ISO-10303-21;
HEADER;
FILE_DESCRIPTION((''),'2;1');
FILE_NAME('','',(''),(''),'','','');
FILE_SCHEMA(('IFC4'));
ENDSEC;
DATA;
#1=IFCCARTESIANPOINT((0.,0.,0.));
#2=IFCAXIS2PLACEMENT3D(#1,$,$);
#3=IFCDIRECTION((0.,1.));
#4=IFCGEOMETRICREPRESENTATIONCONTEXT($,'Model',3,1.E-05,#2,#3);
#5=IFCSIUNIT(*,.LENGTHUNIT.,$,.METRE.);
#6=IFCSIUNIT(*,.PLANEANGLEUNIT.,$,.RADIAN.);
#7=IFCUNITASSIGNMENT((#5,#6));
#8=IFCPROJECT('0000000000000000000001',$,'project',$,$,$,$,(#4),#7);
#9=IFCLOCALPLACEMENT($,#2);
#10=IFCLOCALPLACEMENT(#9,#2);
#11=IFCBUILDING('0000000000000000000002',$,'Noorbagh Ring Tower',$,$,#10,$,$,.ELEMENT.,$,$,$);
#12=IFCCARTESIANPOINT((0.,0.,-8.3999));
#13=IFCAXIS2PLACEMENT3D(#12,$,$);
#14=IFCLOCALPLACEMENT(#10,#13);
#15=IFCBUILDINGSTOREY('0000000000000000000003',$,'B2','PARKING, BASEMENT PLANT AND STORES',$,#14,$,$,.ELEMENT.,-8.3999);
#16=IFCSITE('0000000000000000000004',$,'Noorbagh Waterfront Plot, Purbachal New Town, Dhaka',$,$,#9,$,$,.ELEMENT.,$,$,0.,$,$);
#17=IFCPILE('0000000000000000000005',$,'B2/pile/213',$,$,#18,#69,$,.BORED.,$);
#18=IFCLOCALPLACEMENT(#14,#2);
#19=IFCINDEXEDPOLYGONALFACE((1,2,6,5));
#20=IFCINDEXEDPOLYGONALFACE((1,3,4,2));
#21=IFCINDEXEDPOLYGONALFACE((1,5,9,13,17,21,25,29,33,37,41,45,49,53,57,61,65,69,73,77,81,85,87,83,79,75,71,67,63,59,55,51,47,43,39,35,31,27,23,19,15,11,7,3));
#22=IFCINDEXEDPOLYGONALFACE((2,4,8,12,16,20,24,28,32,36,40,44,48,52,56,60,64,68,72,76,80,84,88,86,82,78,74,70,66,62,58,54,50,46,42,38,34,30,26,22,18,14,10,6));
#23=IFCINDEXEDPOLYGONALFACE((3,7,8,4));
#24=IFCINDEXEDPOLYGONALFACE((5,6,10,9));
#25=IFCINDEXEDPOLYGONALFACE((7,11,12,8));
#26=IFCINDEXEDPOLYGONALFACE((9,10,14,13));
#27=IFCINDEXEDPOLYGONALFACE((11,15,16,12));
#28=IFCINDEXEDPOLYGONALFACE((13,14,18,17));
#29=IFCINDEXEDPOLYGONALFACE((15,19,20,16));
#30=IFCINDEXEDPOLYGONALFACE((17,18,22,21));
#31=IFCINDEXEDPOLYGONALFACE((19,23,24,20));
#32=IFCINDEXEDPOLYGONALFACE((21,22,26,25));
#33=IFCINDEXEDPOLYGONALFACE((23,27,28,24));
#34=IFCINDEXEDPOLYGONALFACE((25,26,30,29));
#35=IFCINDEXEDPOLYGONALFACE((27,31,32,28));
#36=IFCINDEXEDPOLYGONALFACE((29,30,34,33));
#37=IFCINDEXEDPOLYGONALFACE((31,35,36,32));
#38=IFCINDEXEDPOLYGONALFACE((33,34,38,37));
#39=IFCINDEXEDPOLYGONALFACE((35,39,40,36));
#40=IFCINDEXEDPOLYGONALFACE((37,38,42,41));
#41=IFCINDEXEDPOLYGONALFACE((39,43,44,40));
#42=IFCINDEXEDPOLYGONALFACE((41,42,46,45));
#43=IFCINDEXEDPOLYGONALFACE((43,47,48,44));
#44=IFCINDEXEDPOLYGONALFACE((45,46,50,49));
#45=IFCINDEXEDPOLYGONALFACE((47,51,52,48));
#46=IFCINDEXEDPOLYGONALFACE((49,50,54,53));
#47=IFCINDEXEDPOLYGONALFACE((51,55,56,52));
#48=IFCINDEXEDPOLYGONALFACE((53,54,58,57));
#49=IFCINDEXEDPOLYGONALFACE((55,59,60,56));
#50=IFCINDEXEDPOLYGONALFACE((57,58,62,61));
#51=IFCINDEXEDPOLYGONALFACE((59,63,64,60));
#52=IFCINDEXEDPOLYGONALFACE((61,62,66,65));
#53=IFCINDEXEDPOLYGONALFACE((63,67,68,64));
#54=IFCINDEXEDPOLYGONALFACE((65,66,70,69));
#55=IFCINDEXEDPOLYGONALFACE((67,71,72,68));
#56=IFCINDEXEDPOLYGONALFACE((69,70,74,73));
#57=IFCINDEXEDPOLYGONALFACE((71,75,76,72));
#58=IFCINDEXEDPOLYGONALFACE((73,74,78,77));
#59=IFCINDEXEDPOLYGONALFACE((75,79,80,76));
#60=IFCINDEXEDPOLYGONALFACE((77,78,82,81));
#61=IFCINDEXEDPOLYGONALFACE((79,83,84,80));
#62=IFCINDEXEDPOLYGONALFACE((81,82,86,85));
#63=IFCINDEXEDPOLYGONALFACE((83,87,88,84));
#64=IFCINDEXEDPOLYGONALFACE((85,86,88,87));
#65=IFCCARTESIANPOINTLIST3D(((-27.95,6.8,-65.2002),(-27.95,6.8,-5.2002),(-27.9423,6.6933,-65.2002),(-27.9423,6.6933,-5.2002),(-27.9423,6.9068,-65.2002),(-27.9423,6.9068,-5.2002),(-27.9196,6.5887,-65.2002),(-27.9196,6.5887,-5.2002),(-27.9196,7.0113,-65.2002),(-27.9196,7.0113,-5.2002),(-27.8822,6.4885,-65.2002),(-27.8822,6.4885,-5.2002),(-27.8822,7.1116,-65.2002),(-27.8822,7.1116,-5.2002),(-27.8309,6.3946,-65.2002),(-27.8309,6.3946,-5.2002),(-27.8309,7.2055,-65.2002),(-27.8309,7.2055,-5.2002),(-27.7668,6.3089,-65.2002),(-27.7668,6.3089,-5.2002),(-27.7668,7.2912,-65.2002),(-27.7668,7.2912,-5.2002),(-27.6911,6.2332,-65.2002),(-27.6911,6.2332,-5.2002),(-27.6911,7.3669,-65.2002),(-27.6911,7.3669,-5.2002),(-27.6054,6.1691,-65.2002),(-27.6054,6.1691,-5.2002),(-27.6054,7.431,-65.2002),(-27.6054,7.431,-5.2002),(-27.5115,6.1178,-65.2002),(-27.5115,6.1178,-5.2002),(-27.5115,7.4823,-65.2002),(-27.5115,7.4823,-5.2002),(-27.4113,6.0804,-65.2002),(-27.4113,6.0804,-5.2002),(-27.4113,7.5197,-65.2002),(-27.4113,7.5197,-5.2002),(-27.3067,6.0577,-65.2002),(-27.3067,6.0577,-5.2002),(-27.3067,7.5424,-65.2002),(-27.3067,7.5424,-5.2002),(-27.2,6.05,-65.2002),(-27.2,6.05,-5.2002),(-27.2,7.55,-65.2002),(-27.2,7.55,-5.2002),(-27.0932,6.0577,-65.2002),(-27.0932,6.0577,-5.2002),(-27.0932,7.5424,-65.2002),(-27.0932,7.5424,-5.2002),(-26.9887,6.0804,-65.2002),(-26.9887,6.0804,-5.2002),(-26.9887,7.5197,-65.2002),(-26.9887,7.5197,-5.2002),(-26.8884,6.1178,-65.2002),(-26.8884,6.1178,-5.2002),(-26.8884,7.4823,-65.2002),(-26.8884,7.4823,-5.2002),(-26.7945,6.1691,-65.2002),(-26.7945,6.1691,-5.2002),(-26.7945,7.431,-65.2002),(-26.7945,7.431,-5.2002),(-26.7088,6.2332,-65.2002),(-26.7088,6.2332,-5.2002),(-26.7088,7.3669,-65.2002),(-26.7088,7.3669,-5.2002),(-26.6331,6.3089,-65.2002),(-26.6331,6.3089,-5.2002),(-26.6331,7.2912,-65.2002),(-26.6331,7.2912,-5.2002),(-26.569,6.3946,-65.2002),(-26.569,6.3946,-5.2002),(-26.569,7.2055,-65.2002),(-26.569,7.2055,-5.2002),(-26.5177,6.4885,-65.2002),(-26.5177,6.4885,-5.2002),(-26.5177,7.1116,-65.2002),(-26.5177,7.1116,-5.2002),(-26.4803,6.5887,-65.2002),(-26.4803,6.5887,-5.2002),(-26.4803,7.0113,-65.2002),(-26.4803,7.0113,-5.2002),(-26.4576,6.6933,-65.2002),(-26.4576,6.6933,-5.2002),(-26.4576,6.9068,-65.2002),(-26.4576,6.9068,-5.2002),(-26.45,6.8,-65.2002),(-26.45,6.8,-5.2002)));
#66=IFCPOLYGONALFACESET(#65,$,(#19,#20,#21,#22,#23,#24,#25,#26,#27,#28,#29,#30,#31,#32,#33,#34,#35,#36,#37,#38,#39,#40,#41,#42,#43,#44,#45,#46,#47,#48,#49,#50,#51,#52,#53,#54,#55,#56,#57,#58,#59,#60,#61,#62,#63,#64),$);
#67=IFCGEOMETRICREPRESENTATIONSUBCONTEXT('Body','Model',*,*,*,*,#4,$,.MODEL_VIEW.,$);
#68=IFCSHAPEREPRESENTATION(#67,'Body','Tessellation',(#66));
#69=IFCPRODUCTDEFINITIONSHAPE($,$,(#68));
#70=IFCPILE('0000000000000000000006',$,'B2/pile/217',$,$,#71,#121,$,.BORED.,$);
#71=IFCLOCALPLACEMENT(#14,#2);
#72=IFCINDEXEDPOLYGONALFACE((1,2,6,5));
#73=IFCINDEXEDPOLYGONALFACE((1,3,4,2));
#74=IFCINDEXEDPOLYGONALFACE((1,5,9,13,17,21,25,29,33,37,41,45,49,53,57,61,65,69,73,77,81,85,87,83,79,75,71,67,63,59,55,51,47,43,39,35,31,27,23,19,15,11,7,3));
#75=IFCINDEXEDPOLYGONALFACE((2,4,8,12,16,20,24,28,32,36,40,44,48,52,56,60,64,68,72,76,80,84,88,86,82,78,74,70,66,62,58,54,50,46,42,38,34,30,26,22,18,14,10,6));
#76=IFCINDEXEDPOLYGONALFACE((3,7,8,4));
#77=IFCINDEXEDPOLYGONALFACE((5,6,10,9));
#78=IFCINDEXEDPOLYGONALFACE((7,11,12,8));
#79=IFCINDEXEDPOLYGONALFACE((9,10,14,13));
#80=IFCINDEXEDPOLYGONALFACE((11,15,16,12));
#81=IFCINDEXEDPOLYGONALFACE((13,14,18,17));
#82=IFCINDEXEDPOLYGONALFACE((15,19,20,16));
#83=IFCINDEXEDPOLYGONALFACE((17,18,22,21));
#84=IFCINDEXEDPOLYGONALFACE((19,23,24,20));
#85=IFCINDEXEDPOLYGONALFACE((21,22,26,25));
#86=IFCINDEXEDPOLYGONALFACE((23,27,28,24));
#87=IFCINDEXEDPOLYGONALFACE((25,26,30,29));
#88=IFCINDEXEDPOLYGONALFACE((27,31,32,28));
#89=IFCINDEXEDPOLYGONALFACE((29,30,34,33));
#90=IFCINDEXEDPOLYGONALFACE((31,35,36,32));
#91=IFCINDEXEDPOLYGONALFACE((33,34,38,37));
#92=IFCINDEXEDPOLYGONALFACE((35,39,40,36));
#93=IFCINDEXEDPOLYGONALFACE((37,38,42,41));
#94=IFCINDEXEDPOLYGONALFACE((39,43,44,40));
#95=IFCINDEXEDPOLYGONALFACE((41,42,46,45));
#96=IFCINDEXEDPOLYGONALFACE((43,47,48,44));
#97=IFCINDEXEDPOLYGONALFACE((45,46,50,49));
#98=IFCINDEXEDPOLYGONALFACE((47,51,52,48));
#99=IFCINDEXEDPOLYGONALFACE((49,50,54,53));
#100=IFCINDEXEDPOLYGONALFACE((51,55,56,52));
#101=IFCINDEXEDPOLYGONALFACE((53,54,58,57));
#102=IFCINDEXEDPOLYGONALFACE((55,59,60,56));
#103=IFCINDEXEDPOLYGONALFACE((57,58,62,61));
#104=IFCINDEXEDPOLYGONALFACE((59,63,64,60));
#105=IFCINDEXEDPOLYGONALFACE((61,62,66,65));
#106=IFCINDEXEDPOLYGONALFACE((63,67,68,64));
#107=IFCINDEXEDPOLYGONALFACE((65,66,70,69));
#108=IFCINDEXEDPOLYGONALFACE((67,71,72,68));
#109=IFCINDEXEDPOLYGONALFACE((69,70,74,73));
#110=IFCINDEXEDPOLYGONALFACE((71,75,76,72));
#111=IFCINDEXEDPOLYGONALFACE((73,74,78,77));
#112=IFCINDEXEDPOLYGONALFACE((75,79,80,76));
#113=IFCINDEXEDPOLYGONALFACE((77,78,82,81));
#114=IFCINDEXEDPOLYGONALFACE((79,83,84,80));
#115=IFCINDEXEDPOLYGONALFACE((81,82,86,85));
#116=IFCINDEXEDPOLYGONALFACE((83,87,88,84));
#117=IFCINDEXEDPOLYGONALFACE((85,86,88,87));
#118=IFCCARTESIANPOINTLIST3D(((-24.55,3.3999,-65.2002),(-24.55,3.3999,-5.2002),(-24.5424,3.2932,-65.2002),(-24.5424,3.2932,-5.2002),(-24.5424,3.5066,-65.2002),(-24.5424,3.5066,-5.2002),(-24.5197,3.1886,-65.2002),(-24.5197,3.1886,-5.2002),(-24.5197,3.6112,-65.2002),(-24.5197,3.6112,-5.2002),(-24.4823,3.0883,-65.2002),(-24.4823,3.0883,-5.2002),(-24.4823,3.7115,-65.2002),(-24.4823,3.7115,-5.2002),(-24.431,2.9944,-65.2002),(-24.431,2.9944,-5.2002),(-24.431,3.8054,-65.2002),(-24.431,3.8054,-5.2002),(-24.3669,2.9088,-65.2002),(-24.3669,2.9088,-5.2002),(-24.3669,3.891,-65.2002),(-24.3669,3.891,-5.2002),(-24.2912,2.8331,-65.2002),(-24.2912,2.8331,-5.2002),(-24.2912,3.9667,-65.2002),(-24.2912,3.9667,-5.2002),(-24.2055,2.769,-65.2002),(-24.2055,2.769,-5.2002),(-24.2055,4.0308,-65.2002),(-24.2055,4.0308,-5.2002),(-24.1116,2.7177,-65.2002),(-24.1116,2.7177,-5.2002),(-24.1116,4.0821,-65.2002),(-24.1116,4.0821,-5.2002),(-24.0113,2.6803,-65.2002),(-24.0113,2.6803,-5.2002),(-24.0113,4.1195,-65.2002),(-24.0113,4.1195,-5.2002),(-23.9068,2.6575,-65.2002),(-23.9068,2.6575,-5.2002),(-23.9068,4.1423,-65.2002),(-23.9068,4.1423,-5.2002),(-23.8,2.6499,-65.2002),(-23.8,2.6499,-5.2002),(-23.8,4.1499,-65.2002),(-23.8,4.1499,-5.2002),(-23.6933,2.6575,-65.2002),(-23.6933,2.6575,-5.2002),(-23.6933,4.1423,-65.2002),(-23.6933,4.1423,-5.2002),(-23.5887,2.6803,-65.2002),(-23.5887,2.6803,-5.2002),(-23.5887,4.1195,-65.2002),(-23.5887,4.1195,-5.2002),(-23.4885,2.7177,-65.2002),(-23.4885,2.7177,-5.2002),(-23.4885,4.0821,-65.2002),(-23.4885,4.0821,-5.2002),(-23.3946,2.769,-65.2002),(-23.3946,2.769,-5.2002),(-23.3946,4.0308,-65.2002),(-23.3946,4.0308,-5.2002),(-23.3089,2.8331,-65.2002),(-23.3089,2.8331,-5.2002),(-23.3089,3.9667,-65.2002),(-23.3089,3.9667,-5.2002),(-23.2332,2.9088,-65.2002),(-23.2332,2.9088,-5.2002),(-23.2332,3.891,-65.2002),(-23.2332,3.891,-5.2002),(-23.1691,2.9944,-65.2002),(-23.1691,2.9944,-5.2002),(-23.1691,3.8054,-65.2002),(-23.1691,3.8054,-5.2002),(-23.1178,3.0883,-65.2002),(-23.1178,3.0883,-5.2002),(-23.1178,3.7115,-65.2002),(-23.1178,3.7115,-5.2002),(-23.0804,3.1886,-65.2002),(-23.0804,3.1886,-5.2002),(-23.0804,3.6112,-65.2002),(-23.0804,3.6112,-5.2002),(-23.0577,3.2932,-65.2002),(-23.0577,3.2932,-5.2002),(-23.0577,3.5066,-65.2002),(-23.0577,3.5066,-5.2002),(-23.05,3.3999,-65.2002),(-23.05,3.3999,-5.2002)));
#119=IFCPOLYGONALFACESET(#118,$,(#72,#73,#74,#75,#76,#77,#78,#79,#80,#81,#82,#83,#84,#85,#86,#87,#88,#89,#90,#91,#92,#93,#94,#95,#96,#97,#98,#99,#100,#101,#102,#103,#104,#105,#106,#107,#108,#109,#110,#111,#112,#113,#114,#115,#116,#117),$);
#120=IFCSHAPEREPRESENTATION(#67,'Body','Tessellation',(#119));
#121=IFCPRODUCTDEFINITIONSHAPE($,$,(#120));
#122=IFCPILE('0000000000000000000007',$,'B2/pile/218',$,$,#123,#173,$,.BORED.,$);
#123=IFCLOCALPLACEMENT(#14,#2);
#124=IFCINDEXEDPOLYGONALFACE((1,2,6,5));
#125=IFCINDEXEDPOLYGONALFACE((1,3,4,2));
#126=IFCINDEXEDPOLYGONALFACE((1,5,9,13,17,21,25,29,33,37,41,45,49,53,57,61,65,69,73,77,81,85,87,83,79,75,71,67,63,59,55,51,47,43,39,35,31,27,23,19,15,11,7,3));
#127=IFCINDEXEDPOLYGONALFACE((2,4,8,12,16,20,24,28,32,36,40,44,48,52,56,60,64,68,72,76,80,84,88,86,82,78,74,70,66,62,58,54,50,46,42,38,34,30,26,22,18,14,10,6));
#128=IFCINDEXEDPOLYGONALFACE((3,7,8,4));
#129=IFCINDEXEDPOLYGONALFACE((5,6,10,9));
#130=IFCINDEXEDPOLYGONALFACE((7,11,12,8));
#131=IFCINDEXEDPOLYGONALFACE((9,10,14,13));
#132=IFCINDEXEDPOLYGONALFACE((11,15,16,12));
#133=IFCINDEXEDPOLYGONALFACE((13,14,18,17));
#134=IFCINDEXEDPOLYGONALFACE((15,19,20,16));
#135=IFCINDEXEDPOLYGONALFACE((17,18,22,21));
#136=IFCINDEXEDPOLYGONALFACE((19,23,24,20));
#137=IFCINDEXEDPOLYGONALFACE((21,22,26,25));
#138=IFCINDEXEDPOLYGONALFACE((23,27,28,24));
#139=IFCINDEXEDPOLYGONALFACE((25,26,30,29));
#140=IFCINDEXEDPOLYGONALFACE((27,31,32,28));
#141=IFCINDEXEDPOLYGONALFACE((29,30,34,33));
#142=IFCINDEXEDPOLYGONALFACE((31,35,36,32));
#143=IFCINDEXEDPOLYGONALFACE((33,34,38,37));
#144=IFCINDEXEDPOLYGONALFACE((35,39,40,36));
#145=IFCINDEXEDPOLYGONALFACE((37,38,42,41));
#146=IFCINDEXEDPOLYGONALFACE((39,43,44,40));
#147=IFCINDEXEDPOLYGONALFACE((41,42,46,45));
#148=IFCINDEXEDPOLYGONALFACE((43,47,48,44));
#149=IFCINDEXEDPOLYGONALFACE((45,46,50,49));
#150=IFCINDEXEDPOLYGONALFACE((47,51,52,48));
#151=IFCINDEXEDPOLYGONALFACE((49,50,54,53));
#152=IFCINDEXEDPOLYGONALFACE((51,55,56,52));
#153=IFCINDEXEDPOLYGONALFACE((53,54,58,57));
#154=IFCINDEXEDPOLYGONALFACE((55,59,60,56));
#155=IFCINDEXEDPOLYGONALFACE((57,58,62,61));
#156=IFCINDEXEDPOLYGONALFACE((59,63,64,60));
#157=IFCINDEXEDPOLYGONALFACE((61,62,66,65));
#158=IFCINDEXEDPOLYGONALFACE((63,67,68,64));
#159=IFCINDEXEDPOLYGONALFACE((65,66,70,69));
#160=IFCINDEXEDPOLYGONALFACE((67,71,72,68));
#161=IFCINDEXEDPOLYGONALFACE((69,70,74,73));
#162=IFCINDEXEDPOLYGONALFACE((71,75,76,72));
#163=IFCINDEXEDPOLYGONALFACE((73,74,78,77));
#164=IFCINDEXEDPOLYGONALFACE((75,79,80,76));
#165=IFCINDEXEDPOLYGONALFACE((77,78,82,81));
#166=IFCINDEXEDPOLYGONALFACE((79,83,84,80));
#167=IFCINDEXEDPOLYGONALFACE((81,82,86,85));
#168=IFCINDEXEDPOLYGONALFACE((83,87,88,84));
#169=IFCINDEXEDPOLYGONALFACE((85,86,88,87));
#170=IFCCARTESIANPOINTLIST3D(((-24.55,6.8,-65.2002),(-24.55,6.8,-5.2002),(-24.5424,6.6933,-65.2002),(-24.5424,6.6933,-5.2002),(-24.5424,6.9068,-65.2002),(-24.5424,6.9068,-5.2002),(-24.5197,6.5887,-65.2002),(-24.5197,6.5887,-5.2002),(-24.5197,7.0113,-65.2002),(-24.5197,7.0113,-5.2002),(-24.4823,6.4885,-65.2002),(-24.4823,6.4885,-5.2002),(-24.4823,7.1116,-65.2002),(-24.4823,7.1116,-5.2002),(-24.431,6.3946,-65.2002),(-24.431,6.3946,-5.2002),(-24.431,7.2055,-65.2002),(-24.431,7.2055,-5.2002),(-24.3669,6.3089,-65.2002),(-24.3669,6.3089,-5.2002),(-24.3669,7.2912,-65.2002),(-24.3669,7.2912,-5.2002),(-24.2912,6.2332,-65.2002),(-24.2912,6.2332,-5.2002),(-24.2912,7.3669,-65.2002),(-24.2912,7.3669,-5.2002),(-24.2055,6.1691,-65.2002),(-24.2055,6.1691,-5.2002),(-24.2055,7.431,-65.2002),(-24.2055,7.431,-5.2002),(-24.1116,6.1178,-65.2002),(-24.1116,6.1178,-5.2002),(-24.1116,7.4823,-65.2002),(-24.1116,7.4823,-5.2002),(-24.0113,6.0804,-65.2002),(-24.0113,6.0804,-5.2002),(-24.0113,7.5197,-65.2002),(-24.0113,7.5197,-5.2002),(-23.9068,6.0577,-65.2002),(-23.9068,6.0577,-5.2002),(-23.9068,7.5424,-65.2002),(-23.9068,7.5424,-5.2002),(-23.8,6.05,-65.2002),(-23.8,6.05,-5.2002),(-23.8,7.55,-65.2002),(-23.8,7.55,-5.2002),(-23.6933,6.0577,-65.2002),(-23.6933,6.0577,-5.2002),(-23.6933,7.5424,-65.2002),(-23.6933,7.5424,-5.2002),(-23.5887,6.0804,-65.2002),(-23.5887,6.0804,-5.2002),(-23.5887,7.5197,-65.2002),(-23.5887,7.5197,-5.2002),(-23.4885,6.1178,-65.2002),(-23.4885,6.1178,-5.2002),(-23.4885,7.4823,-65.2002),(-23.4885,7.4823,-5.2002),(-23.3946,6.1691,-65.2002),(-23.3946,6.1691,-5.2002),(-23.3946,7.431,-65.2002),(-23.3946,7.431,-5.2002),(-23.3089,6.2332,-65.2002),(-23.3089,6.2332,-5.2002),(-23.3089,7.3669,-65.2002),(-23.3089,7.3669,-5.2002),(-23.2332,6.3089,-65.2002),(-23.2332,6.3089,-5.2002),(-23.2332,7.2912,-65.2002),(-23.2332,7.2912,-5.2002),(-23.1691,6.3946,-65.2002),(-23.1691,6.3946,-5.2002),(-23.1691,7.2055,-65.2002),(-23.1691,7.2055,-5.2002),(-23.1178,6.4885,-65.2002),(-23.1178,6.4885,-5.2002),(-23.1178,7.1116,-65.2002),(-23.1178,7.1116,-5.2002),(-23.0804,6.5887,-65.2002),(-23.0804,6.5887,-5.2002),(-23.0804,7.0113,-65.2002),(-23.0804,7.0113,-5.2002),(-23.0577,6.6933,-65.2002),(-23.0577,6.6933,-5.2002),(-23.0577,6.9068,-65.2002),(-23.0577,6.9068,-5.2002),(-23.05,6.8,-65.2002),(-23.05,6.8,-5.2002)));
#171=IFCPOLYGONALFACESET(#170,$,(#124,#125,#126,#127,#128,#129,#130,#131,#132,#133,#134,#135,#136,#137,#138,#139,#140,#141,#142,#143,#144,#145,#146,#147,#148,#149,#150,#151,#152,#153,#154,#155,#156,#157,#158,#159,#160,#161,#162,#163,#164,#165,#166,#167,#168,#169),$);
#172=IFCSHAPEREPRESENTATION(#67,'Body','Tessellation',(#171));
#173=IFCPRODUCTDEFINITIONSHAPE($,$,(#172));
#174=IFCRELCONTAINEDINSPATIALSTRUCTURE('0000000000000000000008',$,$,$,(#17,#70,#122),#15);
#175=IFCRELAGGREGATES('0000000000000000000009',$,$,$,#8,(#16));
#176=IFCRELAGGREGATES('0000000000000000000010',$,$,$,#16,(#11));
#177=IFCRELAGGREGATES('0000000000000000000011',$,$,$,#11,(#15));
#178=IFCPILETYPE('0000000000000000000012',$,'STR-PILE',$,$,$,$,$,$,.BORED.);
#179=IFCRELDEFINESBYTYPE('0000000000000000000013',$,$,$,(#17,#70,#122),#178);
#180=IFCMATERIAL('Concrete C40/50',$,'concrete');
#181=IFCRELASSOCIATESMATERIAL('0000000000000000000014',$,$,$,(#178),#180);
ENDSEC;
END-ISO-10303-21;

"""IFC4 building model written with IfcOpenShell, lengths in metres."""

from ifc_helpers import new_model, si_unit, direction, frame, origin, origin_2d, place, context, subcontext, project, spatial, circle, extrude, material, material_profile, profile_set, type_object, element, save


model = new_model("IFC4")

# Units and contexts
model_context = context("Model", 3, precision=1e-05, world=origin(), true_north=direction((0.0, 1.0)))
body_context = subcontext(model_context, "Body", "Model", "MODEL_VIEW")
ifc_project = project(units=[si_unit("LENGTHUNIT", "METRE"), si_unit("PLANEANGLEUNIT", "RADIAN")], contexts=[model_context])

# Site, building, storey
site_placement = place(None, origin())
site = spatial("IfcSite", under=ifc_project, at=site_placement, Name="Noorbagh Waterfront Plot, Purbachal New Town, Dhaka", CompositionType="ELEMENT", RefElevation=0.0)
building_placement = place(site_placement, origin())
building = spatial("IfcBuilding", under=site, at=building_placement, Name="Noorbagh Ring Tower", CompositionType="ELEMENT")
storey_placement = place(building_placement, frame((0.0, 0.0, -8.3999)))
storey = spatial("IfcBuildingStorey", under=building, at=storey_placement, Name="B2", Description="PARKING, BASEMENT PLANT AND STORES", CompositionType="ELEMENT", Elevation=-8.3999)

# Piles
ifc_material_1 = material(Name="Concrete C40/50", Category="concrete")
ifc_material_profile_1 = material_profile(ifc_material_1, circle(Radius=0.75, at=origin_2d()), Name="PILE1500")
ifc_profile_set_1 = profile_set([ifc_material_profile_1], Name="Concrete C40/50")
pile_type = type_object("IfcPileType", Name="STR-PILE", PredefinedType="BORED", material=ifc_profile_set_1)
for number, where, z_axis, x_axis, name in (
    (1, (-27.2, 6.8, -5.2002), (0.0, 0.0, -1.0), (1.0, 0.0, 0.0), "B2/pile/213"),
    (2, (-23.8, 3.3999, -5.2002), (0.0, 0.0, -1.0), (1.0, 0.0, 0.0), "B2/pile/217"),
    (3, (-23.8, 6.8, -5.2002), (0.0, 0.0, -1.0), (1.0, 0.0, 0.0), "B2/pile/218"),
):
    element("IfcPile", number, at=place(storey_placement, frame(where, z_axis=z_axis, x_axis=x_axis)), inside=storey, type_object=pile_type, Name=name, PredefinedType="BORED", context=body_context, shape_type="SweptSolid", body=[
        extrude(circle(Radius=0.75, at=origin_2d()), origin(), (0.0, 0.0, 1.0), 60.0),
    ])

save(model, "model.ifc")
